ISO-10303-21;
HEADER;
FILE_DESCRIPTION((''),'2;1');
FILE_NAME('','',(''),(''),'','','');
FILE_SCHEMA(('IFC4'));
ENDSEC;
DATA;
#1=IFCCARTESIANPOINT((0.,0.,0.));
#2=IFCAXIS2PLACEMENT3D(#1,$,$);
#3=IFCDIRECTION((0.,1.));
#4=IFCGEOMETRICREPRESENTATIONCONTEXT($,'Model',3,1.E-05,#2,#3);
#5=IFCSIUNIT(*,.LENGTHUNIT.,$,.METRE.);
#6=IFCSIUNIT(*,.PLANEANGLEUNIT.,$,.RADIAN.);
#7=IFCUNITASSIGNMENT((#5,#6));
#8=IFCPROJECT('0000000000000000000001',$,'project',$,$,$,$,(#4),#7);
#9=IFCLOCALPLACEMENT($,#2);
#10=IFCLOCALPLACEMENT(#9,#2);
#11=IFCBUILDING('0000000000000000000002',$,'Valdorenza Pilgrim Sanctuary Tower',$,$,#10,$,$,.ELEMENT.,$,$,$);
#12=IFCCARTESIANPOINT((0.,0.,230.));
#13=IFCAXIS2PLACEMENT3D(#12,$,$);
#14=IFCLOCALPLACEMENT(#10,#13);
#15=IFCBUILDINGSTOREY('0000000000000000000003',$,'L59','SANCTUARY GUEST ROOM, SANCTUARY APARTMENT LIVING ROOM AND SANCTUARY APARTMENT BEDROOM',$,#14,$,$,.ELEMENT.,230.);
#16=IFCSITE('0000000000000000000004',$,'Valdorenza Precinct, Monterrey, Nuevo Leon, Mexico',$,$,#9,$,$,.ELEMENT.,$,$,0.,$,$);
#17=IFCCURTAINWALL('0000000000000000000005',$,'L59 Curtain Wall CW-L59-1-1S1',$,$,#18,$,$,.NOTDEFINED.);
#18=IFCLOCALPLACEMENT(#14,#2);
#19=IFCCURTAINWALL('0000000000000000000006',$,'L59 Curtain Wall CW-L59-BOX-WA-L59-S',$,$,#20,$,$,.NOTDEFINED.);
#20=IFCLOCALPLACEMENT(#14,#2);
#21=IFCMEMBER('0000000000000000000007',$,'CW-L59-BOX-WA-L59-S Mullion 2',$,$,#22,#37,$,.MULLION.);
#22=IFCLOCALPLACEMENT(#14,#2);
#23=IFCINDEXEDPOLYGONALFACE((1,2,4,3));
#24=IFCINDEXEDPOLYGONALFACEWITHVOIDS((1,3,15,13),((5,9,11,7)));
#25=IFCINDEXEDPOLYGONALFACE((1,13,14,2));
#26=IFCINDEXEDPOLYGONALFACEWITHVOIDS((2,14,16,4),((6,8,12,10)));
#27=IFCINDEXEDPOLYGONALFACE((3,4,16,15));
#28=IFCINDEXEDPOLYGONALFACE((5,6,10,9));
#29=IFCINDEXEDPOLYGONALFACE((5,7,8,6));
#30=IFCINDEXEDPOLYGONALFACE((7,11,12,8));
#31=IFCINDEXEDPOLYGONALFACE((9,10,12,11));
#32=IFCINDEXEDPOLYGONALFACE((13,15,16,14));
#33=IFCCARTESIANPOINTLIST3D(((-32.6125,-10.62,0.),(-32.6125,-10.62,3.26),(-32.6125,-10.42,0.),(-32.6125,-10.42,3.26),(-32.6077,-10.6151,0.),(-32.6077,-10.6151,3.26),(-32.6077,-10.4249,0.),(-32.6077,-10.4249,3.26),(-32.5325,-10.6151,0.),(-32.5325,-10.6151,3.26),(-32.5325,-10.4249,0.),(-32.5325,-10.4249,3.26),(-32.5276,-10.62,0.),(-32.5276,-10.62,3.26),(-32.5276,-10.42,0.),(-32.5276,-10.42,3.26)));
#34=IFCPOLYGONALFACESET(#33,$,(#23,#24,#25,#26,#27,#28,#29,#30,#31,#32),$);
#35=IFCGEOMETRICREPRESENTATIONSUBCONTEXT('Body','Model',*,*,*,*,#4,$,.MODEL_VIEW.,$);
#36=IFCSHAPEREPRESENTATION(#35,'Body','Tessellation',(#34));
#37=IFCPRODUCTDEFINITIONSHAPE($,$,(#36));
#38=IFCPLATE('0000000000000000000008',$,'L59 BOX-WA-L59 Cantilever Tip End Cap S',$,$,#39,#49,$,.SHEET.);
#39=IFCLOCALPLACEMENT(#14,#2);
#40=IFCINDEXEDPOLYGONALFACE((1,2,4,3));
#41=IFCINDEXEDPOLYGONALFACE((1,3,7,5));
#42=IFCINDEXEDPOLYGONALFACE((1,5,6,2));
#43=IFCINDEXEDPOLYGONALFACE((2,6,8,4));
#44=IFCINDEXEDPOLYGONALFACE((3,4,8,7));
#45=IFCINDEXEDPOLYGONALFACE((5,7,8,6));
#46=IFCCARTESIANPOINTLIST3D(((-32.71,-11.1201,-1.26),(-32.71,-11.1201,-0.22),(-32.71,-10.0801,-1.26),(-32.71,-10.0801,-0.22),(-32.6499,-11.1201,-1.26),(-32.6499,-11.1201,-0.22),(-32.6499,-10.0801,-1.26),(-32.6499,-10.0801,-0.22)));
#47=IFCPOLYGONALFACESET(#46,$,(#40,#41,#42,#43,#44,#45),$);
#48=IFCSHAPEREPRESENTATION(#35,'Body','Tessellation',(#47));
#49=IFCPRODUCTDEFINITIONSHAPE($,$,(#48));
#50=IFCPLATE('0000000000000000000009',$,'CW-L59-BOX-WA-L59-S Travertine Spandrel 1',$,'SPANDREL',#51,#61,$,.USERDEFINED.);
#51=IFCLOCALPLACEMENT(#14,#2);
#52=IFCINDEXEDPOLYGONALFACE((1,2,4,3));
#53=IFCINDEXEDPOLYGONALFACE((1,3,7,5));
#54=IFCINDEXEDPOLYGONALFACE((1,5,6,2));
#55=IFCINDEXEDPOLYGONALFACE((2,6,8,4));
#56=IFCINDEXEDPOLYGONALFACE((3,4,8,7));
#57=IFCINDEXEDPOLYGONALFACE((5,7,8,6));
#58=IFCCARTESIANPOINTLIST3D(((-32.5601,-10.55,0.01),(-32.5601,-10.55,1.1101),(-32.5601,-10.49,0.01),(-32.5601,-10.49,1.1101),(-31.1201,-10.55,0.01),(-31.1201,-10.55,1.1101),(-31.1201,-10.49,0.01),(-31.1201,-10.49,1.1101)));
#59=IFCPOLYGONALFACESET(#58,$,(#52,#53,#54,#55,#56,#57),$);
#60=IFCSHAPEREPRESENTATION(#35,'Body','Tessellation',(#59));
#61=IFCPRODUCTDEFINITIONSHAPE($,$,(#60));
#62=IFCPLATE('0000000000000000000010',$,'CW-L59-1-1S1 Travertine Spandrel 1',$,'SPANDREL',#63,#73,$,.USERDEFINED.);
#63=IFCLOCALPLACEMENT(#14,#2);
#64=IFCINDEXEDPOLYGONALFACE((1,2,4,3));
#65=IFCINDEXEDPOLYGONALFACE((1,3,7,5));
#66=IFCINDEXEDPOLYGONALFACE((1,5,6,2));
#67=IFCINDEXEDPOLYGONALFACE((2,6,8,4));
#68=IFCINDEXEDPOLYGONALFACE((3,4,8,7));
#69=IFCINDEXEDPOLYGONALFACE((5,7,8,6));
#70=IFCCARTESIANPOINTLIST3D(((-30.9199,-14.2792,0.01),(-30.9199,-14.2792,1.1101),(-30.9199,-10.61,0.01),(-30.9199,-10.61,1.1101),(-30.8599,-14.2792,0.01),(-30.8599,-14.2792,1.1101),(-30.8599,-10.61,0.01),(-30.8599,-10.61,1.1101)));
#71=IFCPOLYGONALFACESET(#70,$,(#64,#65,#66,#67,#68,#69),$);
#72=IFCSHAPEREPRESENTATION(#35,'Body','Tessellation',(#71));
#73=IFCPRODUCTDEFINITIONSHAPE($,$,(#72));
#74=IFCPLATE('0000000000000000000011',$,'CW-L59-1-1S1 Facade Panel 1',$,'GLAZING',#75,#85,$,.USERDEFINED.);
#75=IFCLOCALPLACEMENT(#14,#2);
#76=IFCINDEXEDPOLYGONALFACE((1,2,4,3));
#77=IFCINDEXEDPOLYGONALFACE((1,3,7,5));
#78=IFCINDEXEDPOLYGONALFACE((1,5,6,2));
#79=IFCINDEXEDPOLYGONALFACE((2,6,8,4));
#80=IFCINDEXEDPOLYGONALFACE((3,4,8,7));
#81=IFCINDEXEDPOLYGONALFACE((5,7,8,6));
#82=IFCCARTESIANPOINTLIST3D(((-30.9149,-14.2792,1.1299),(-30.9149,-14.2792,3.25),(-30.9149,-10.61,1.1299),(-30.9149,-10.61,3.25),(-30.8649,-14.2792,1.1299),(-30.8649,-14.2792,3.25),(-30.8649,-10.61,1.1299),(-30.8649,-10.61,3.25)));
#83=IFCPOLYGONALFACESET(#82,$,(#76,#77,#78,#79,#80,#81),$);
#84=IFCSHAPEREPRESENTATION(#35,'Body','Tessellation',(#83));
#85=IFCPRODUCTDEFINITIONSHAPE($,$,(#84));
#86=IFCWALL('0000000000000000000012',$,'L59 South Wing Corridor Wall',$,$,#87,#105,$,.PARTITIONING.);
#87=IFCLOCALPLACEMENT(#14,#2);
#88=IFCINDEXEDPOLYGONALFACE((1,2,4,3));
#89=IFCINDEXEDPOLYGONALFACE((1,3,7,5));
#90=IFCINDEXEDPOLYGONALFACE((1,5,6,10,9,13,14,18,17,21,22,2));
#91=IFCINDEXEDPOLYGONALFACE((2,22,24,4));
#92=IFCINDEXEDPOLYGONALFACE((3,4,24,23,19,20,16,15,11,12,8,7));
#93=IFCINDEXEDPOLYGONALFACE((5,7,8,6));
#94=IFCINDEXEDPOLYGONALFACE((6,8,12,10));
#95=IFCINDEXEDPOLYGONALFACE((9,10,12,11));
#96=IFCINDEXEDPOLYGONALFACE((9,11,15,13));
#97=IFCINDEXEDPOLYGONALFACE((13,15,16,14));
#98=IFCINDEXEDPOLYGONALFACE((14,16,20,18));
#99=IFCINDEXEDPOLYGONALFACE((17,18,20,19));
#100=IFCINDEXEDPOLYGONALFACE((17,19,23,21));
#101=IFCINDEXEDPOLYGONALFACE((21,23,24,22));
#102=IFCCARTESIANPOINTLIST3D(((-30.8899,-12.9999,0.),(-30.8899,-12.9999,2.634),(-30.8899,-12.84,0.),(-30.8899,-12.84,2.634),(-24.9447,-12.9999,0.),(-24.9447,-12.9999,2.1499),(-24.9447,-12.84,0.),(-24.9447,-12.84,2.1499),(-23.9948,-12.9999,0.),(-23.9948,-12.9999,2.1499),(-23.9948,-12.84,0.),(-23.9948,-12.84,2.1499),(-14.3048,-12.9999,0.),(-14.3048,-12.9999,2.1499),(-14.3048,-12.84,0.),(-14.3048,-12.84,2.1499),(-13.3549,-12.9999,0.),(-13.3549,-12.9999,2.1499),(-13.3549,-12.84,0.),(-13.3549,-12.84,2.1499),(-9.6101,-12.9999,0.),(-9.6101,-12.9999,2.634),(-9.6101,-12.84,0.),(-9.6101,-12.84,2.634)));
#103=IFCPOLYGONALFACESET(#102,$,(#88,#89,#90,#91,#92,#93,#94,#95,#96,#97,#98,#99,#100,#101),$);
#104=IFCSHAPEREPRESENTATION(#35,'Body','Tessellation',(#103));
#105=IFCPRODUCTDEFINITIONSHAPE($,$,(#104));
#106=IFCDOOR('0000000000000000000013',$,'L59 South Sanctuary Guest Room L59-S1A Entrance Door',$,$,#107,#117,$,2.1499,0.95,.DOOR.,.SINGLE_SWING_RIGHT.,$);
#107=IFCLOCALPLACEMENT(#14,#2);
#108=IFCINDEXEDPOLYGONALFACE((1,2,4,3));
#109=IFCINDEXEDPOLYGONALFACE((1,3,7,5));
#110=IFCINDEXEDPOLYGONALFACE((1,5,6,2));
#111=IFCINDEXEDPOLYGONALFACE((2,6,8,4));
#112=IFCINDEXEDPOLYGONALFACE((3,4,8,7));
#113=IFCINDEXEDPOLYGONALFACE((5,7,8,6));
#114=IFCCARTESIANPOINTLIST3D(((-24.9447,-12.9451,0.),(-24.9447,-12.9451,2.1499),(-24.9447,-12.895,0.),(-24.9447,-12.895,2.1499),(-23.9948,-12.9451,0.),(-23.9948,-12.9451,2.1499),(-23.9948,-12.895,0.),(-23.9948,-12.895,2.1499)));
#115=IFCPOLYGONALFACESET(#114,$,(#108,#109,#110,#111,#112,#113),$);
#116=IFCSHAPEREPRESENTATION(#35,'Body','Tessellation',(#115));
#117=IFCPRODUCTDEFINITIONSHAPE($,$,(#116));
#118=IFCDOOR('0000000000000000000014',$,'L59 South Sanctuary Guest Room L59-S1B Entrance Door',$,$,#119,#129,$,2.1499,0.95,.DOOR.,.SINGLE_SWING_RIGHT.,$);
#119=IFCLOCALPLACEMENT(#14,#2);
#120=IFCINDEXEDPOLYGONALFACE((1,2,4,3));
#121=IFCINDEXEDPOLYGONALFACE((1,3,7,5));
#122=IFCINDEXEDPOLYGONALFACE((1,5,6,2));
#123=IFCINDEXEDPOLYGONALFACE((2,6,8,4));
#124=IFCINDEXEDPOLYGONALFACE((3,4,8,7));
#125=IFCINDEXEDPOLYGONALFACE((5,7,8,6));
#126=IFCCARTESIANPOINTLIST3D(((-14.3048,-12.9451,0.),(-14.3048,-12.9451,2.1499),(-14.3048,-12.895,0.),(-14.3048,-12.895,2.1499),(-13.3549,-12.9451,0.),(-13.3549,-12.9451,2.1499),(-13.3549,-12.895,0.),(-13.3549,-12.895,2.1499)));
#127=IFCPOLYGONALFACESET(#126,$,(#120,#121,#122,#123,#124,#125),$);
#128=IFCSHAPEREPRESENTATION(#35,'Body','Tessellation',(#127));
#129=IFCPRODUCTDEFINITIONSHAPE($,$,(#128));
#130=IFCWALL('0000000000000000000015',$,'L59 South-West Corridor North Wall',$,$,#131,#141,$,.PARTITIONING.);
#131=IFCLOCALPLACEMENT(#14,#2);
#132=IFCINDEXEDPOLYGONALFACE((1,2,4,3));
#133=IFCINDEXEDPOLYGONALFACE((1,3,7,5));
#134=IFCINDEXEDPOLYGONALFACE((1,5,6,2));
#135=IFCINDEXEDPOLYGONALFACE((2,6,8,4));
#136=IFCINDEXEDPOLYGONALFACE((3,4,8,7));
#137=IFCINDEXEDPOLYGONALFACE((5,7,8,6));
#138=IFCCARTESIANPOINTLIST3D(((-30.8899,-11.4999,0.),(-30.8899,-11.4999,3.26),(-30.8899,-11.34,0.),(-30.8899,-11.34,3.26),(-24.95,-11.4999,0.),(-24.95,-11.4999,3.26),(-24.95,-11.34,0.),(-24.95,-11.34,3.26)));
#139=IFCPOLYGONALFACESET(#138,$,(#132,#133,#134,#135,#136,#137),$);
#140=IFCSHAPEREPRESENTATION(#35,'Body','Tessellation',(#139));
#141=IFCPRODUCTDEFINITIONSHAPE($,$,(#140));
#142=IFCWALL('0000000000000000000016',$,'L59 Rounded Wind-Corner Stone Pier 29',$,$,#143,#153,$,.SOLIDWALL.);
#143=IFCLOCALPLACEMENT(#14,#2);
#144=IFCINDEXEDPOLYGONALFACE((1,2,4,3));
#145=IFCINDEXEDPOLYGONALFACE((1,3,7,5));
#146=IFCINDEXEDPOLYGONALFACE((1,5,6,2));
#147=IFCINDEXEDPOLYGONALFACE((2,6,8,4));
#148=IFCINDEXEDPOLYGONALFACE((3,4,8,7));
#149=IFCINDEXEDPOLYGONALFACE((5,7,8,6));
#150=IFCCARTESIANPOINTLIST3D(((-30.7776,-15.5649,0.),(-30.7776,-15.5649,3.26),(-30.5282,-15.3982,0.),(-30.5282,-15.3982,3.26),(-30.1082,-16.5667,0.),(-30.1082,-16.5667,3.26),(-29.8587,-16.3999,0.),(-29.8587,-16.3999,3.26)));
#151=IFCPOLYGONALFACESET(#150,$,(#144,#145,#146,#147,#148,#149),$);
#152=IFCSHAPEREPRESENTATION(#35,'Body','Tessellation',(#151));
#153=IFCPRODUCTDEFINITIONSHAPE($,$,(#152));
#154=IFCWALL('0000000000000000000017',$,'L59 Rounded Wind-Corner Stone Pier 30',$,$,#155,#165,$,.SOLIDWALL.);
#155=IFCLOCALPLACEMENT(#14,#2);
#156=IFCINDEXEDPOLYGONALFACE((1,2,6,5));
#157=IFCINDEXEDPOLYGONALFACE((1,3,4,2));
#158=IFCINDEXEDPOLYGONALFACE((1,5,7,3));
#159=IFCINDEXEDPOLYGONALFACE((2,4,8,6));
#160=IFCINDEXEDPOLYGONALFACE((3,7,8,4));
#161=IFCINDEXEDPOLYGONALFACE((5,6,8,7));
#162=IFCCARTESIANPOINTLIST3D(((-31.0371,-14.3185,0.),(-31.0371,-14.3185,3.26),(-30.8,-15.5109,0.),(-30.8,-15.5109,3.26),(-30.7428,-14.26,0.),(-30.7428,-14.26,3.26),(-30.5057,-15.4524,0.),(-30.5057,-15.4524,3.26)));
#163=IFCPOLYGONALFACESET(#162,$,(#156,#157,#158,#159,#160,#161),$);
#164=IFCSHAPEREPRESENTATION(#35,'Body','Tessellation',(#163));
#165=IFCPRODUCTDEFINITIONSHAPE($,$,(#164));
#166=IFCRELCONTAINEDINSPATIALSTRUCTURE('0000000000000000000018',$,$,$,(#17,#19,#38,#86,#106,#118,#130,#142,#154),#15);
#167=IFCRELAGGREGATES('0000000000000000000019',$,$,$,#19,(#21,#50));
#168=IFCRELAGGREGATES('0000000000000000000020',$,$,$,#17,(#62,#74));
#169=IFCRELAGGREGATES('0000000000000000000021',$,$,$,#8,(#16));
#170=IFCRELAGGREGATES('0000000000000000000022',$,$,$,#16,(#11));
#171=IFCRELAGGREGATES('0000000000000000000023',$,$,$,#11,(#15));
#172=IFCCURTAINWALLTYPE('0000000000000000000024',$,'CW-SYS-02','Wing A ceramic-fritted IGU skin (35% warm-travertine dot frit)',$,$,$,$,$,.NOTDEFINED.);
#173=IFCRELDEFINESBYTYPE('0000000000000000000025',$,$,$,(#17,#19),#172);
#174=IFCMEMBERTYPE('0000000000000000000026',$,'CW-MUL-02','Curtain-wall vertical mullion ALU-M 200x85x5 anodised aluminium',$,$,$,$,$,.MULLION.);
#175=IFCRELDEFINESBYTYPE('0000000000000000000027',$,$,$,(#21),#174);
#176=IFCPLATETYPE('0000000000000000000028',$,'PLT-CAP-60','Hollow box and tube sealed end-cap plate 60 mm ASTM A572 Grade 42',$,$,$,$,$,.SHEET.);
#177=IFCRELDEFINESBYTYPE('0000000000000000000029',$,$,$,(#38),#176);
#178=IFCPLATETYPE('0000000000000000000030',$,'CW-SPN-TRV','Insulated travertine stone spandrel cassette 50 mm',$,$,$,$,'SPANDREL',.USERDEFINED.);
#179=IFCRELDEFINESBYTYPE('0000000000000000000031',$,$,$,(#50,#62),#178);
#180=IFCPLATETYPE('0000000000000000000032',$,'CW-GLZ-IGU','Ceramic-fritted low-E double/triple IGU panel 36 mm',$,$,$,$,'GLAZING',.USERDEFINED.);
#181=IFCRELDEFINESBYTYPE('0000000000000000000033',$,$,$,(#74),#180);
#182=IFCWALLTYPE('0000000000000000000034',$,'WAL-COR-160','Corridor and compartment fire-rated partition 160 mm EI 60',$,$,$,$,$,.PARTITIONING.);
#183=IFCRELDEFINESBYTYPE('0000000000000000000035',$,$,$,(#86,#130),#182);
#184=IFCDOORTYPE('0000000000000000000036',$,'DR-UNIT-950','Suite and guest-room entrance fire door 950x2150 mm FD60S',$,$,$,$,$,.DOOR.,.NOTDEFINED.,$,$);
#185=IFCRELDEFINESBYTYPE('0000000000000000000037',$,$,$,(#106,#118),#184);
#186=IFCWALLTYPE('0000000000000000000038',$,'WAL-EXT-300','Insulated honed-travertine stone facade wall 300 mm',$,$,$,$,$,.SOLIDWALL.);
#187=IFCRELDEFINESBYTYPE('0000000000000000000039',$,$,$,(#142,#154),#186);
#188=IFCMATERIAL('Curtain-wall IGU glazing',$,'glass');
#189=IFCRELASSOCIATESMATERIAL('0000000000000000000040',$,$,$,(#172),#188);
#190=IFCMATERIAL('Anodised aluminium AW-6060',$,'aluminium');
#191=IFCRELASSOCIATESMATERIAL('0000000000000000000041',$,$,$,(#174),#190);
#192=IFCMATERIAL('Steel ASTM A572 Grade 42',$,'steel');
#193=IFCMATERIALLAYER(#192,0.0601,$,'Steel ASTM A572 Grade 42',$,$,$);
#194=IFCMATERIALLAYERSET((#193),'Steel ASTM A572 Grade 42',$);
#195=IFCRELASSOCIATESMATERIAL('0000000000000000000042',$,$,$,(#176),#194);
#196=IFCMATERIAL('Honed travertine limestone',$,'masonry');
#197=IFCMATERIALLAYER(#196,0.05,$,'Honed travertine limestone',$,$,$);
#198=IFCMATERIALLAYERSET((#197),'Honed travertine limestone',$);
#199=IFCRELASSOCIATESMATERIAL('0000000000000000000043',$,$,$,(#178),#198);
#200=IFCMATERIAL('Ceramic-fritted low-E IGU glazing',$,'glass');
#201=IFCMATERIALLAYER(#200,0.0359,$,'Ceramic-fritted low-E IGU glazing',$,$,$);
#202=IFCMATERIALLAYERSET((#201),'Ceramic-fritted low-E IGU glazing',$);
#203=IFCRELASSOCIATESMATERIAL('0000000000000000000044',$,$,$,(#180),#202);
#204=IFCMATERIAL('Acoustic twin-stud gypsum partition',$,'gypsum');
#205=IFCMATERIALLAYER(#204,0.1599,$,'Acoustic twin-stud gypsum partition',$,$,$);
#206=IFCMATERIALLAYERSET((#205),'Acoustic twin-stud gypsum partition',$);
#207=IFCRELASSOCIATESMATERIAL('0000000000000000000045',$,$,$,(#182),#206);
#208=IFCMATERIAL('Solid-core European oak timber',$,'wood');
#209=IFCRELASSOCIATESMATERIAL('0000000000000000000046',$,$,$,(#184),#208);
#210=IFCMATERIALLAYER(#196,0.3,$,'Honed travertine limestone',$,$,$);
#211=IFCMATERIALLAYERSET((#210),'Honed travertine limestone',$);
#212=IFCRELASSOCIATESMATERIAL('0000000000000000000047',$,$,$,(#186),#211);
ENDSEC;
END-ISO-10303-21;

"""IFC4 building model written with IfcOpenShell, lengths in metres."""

from ifc_helpers import new_model, si_unit, direction, frame, frame_2d, origin, origin_2d, place, context, subcontext, project, spatial, rectangle, hollow_rectangle, extrude, source, transform, mapped, material, layer, layer_set, material_profile, profile_set, type_object, element, fill, aggregate, save


model = new_model("IFC4")

# Units and contexts
model_context = context("Model", 3, precision=1e-05, world=origin(), true_north=direction((0.0, 1.0)))
body_context = subcontext(model_context, "Body", "Model", "MODEL_VIEW")
ifc_project = project(units=[si_unit("LENGTHUNIT", "METRE"), si_unit("PLANEANGLEUNIT", "RADIAN")], contexts=[model_context])

# Site, building, storey
site_placement = place(None, origin())
site = spatial("IfcSite", under=ifc_project, at=site_placement, Name="Valdorenza Precinct, Monterrey, Nuevo Leon, Mexico", CompositionType="ELEMENT", RefElevation=0.0)
building_placement = place(site_placement, origin())
building = spatial("IfcBuilding", under=site, at=building_placement, Name="Valdorenza Pilgrim Sanctuary Tower", CompositionType="ELEMENT")
storey_placement = place(building_placement, frame((0.0, 0.0, 230.0)))
storey = spatial("IfcBuildingStorey", under=building, at=storey_placement, Name="L59", Description="SANCTUARY GUEST ROOM, SANCTUARY APARTMENT LIVING ROOM AND SANCTUARY APARTMENT BEDROOM", CompositionType="ELEMENT", Elevation=230.0)

# Shared definitions
ifc_material_1 = material(Name="Curtain-wall IGU glazing", Category="glass")
curtain_wall_type = type_object("IfcCurtainWallType", Name="CW-SYS-02", Description="Wing A ceramic-fritted IGU skin (35% warm-travertine dot frit)", PredefinedType="NOTDEFINED", material=ifc_material_1)
ifc_material_2 = material(Name="Anodised aluminium AW-6060", Category="aluminium")

# Curtain wall
curtain_wall_1_placement = place(storey_placement, origin())
curtain_wall_1 = element("IfcCurtainWall", 1, at=curtain_wall_1_placement, inside=storey, type_object=curtain_wall_type, Name="L59 Curtain Wall CW-L59-1-1S1", PredefinedType="NOTDEFINED")
ifc_material_profile_1 = material_profile(ifc_material_2, hollow_rectangle(XDim=0.085, YDim=0.2, WallThickness=0.0049, at=origin_2d()), Name="ALU-M 200x85x5")
ifc_profile_set_1 = profile_set([ifc_material_profile_1], Name="Anodised aluminium AW-6060")
member_type_1 = type_object("IfcMemberType", Name="CW-MUL-02", Description="Curtain-wall vertical mullion ALU-M 200x85x5 anodised aluminium", PredefinedType="MULLION", material=ifc_profile_set_1)
shared_shape_1 = source(origin(), body_context, "Body", "SweptSolid", [
    extrude(hollow_rectangle(XDim=0.085, YDim=0.2, WallThickness=0.0049, at=origin_2d()), origin(), (0.0, 0.0, 1.0), 3.26),
])

# Curtain wall, member
curtain_wall_2_placement = place(storey_placement, origin())
curtain_wall_2 = element("IfcCurtainWall", 2, at=curtain_wall_2_placement, inside=storey, type_object=curtain_wall_type, Name="L59 Curtain Wall CW-L59-BOX-WA-L59-S", PredefinedType="NOTDEFINED")
member_1_placement = place(storey_placement, frame((-32.5701, -10.52, 0.0), z_axis=(0.0, 0.0, 1.0), x_axis=(-1.0, 0.0, 0.0)))
member_1 = element("IfcMember", 3, at=member_1_placement, type_object=member_type_1, Name="CW-L59-BOX-WA-L59-S Mullion 2", PredefinedType="MULLION", context=body_context, shape_type="MappedRepresentation", body=[
    mapped(shared_shape_1, transform((0.0, 0.0, 0.0), x_axis=(1.0, 0.0, 0.0), y_axis=(0.0, 1.0, 0.0), z_axis=(0.0, 0.0, 1.0), scale=1.0)),
])

# Plates
ifc_material_3 = material(Name="Steel ASTM A572 Grade 42", Category="steel")
ifc_layer_1 = layer(ifc_material_3, 0.0601, Name="Steel ASTM A572 Grade 42")
ifc_layer_set_1 = layer_set([ifc_layer_1], Name="Steel ASTM A572 Grade 42")
plate_type_1 = type_object("IfcPlateType", Name="PLT-CAP-60", Description="Hollow box and tube sealed end-cap plate 60 mm ASTM A572 Grade 42", PredefinedType="SHEET", material=ifc_layer_set_1)
shared_shape_2 = source(origin(), body_context, "Body", "SweptSolid", [
    extrude(rectangle(XDim=0.0601, YDim=1.04, at=origin_2d()), origin(), (0.0, 0.0, 1.0), 1.04),
])
plate_1_placement = place(storey_placement, frame((-32.6799, -10.6001, -1.26), z_axis=(0.0, 0.0, 1.0), x_axis=(1.0, 0.0, 0.0)))
element("IfcPlate", 4, at=plate_1_placement, inside=storey, type_object=plate_type_1, Name="L59 BOX-WA-L59 Cantilever Tip End Cap S", PredefinedType="SHEET", context=body_context, shape_type="MappedRepresentation", body=[
    mapped(shared_shape_2, transform((0.0, 0.0, 0.0), x_axis=(1.0, 0.0, 0.0), y_axis=(0.0, 1.0, 0.0), z_axis=(0.0, 0.0, 1.0), scale=1.0)),
])
ifc_material_4 = material(Name="Honed travertine limestone", Category="masonry")
ifc_layer_2 = layer(ifc_material_4, 0.05, Name="Honed travertine limestone")
ifc_layer_set_2 = layer_set([ifc_layer_2], Name="Honed travertine limestone")
plate_type_2 = type_object("IfcPlateType", Name="CW-SPN-TRV", Description="Insulated travertine stone spandrel cassette 50 mm", ElementType="SPANDREL", PredefinedType="USERDEFINED", material=ifc_layer_set_2)
shared_shape_3 = source(origin(), body_context, "Body", "SweptSolid", [
    extrude(rectangle(XDim=1.4399, YDim=0.0601, at=origin_2d()), origin(), (0.0, 0.0, 1.0), 1.1001),
])
plate_2_placement = place(storey_placement, frame((-31.8401, -10.52, 0.01), z_axis=(0.0, 0.0, 1.0), x_axis=(-1.0, 0.0, 0.0)))
plate_2 = element("IfcPlate", 5, at=plate_2_placement, type_object=plate_type_2, Name="CW-L59-BOX-WA-L59-S Travertine Spandrel 1", ObjectType="SPANDREL", PredefinedType="USERDEFINED", context=body_context, shape_type="MappedRepresentation", body=[
    mapped(shared_shape_3, transform((0.0, 0.0, 0.0), x_axis=(1.0, 0.0, 0.0), y_axis=(0.0, 1.0, 0.0), z_axis=(0.0, 0.0, 1.0), scale=1.0)),
])
aggregate(curtain_wall_2, [member_1, plate_2])
shared_shape_4 = source(origin(), body_context, "Body", "SweptSolid", [
    extrude(rectangle(XDim=3.6692, YDim=0.0601, at=origin_2d()), origin(), (0.0, 0.0, 1.0), 1.1001),
])
plate_3_placement = place(storey_placement, frame((-30.8899, -12.4446, 0.01), z_axis=(0.0, 0.0, 1.0), x_axis=(0.0, 1.0, 0.0)))
plate_3 = element("IfcPlate", 6, at=plate_3_placement, type_object=plate_type_2, Name="CW-L59-1-1S1 Travertine Spandrel 1", ObjectType="SPANDREL", PredefinedType="USERDEFINED", context=body_context, shape_type="MappedRepresentation", body=[
    mapped(shared_shape_4, transform((0.0, 0.0, 0.0), x_axis=(1.0, 0.0, 0.0), y_axis=(0.0, 1.0, 0.0), z_axis=(0.0, 0.0, 1.0), scale=1.0)),
])
ifc_material_5 = material(Name="Ceramic-fritted low-E IGU glazing", Category="glass")
ifc_layer_3 = layer(ifc_material_5, 0.0359, Name="Ceramic-fritted low-E IGU glazing")
ifc_layer_set_3 = layer_set([ifc_layer_3], Name="Ceramic-fritted low-E IGU glazing")
plate_type_3 = type_object("IfcPlateType", Name="CW-GLZ-IGU", Description="Ceramic-fritted low-E double/triple IGU panel 36 mm", ElementType="GLAZING", PredefinedType="USERDEFINED", material=ifc_layer_set_3)
shared_shape_5 = source(origin(), body_context, "Body", "SweptSolid", [
    extrude(rectangle(XDim=3.6692, YDim=0.05, at=origin_2d()), origin(), (0.0, 0.0, 1.0), 2.1201),
])
plate_4_placement = place(storey_placement, frame((-30.8899, -12.4446, 1.1299), z_axis=(0.0, 0.0, 1.0), x_axis=(0.0, 1.0, 0.0)))
plate_4 = element("IfcPlate", 7, at=plate_4_placement, type_object=plate_type_3, Name="CW-L59-1-1S1 Facade Panel 1", ObjectType="GLAZING", PredefinedType="USERDEFINED", context=body_context, shape_type="MappedRepresentation", body=[
    mapped(shared_shape_5, transform((0.0, 0.0, 0.0), x_axis=(1.0, 0.0, 0.0), y_axis=(0.0, 1.0, 0.0), z_axis=(0.0, 0.0, 1.0), scale=1.0)),
])
aggregate(curtain_wall_1, [plate_3, plate_4])

# Wall, openings, doors
ifc_material_6 = material(Name="Acoustic twin-stud gypsum partition", Category="gypsum")
ifc_layer_4 = layer(ifc_material_6, 0.1599, Name="Acoustic twin-stud gypsum partition")
ifc_layer_set_4 = layer_set([ifc_layer_4], Name="Acoustic twin-stud gypsum partition")
wall_type_1 = type_object("IfcWallType", Name="WAL-COR-160", Description="Corridor and compartment fire-rated partition 160 mm EI 60", PredefinedType="PARTITIONING", material=ifc_layer_set_4)
wall_1_placement = place(storey_placement, frame((-30.8899, -12.9199, 0.0), z_axis=(0.0, 0.0, 1.0), x_axis=(1.0, 0.0, 0.0)))
wall_1 = element("IfcWall", 8, at=wall_1_placement, inside=storey, type_object=wall_type_1, Name="L59 South Wing Corridor Wall", PredefinedType="PARTITIONING", context=body_context, shape_type="SweptSolid", body=[
    extrude(rectangle(XDim=21.2798, YDim=0.1599, at=frame_2d((10.6399, 0.0))), origin(), (0.0, 0.0, 1.0), 2.634),
])
opening_1_placement = place(wall_1_placement, frame((5.9451, 0.0, 0.0)))
opening_1 = element("IfcOpeningElement", 9, at=opening_1_placement, cuts=wall_1, PredefinedType="OPENING", context=body_context, shape_type="SweptSolid", body=[
    extrude(rectangle(XDim=0.95, YDim=2.1499, at=frame_2d((0.4751, 1.075))), frame((0.0, 0.0947, 0.0), z_axis=(0.0, -1.0, 0.0), x_axis=(1.0, 0.0, 0.0)), (0.0, 0.0, 1.0), 0.1897),
])
opening_2_placement = place(wall_1_placement, frame((16.585, 0.0, 0.0)))
opening_2 = element("IfcOpeningElement", 10, at=opening_2_placement, cuts=wall_1, PredefinedType="OPENING", context=body_context, shape_type="SweptSolid", body=[
    extrude(rectangle(XDim=0.95, YDim=2.1499, at=frame_2d((0.4751, 1.075))), frame((0.0, 0.0947, 0.0), z_axis=(0.0, -1.0, 0.0), x_axis=(1.0, 0.0, 0.0)), (0.0, 0.0, 1.0), 0.1897),
])
ifc_material_7 = material(Name="Solid-core European oak timber", Category="wood")
door_type_1 = type_object("IfcDoorType", Name="DR-UNIT-950", Description="Suite and guest-room entrance fire door 950x2150 mm FD60S", OperationType="NOTDEFINED", PredefinedType="DOOR", material=ifc_material_7)
door_1_placement = place(opening_1_placement, origin())
door_1 = element("IfcDoor", 11, at=door_1_placement, inside=storey, type_object=door_type_1, Name="L59 South Sanctuary Guest Room L59-S1A Entrance Door", OperationType="SINGLE_SWING_RIGHT", OverallHeight=2.1499, OverallWidth=0.95, PredefinedType="DOOR", context=body_context, shape_type="SweptSolid", body=[
    extrude(rectangle(XDim=0.95, YDim=2.1499, at=frame_2d((0.4751, 1.075))), frame((0.0, 0.0249, 0.0), z_axis=(0.0, -1.0, 0.0), x_axis=(1.0, 0.0, 0.0)), (0.0, 0.0, 1.0), 0.05),
])
fill(opening_1, door_1)
door_2_placement = place(opening_2_placement, origin())
door_2 = element("IfcDoor", 12, at=door_2_placement, inside=storey, type_object=door_type_1, Name="L59 South Sanctuary Guest Room L59-S1B Entrance Door", OperationType="SINGLE_SWING_RIGHT", OverallHeight=2.1499, OverallWidth=0.95, PredefinedType="DOOR", context=body_context, shape_type="SweptSolid", body=[
    extrude(rectangle(XDim=0.95, YDim=2.1499, at=frame_2d((0.4751, 1.075))), frame((0.0, 0.0249, 0.0), z_axis=(0.0, -1.0, 0.0), x_axis=(1.0, 0.0, 0.0)), (0.0, 0.0, 1.0), 0.05),
])
fill(opening_2, door_2)

# Walls
wall_2_placement = place(storey_placement, frame((-30.8899, -11.4199, 0.0), z_axis=(0.0, 0.0, 1.0), x_axis=(1.0, 0.0, 0.0)))
element("IfcWall", 13, at=wall_2_placement, inside=storey, type_object=wall_type_1, Name="L59 South-West Corridor North Wall", PredefinedType="PARTITIONING", context=body_context, shape_type="SweptSolid", body=[
    extrude(rectangle(XDim=5.9399, YDim=0.1599, at=frame_2d((2.97, 0.0))), origin(), (0.0, 0.0, 1.0), 3.26),
])
ifc_layer_5 = layer(ifc_material_4, 0.3, Name="Honed travertine limestone")
ifc_layer_set_5 = layer_set([ifc_layer_5], Name="Honed travertine limestone")
wall_type_2 = type_object("IfcWallType", Name="WAL-EXT-300", Description="Insulated honed-travertine stone facade wall 300 mm", PredefinedType="SOLIDWALL", material=ifc_layer_set_5)
wall_3_placement = place(storey_placement, frame((-29.9834, -16.4834, 0.0), z_axis=(0.0, 0.0, 1.0), x_axis=(-0.555635, 0.831426, 0.0)))
element("IfcWall", 14, at=wall_3_placement, inside=storey, type_object=wall_type_2, Name="L59 Rounded Wind-Corner Stone Pier 29", PredefinedType="SOLIDWALL", context=body_context, shape_type="SweptSolid", body=[
    extrude(rectangle(XDim=1.2048, YDim=0.3, at=frame_2d((0.6025, 0.0))), origin(), (0.0, 0.0, 1.0), 3.26),
])
wall_4_placement = place(storey_placement, frame((-30.6528, -15.4817, 0.0), z_axis=(0.0, 0.0, 1.0), x_axis=(-0.194996, 0.980804, 0.0)))
element("IfcWall", 15, at=wall_4_placement, inside=storey, type_object=wall_type_2, Name="L59 Rounded Wind-Corner Stone Pier 30", PredefinedType="SOLIDWALL", context=body_context, shape_type="SweptSolid", body=[
    extrude(rectangle(XDim=1.2158, YDim=0.3, at=frame_2d((0.6079, 0.0))), origin(), (0.0, 0.0, 1.0), 3.26),
])

save(model, "model.ifc")
